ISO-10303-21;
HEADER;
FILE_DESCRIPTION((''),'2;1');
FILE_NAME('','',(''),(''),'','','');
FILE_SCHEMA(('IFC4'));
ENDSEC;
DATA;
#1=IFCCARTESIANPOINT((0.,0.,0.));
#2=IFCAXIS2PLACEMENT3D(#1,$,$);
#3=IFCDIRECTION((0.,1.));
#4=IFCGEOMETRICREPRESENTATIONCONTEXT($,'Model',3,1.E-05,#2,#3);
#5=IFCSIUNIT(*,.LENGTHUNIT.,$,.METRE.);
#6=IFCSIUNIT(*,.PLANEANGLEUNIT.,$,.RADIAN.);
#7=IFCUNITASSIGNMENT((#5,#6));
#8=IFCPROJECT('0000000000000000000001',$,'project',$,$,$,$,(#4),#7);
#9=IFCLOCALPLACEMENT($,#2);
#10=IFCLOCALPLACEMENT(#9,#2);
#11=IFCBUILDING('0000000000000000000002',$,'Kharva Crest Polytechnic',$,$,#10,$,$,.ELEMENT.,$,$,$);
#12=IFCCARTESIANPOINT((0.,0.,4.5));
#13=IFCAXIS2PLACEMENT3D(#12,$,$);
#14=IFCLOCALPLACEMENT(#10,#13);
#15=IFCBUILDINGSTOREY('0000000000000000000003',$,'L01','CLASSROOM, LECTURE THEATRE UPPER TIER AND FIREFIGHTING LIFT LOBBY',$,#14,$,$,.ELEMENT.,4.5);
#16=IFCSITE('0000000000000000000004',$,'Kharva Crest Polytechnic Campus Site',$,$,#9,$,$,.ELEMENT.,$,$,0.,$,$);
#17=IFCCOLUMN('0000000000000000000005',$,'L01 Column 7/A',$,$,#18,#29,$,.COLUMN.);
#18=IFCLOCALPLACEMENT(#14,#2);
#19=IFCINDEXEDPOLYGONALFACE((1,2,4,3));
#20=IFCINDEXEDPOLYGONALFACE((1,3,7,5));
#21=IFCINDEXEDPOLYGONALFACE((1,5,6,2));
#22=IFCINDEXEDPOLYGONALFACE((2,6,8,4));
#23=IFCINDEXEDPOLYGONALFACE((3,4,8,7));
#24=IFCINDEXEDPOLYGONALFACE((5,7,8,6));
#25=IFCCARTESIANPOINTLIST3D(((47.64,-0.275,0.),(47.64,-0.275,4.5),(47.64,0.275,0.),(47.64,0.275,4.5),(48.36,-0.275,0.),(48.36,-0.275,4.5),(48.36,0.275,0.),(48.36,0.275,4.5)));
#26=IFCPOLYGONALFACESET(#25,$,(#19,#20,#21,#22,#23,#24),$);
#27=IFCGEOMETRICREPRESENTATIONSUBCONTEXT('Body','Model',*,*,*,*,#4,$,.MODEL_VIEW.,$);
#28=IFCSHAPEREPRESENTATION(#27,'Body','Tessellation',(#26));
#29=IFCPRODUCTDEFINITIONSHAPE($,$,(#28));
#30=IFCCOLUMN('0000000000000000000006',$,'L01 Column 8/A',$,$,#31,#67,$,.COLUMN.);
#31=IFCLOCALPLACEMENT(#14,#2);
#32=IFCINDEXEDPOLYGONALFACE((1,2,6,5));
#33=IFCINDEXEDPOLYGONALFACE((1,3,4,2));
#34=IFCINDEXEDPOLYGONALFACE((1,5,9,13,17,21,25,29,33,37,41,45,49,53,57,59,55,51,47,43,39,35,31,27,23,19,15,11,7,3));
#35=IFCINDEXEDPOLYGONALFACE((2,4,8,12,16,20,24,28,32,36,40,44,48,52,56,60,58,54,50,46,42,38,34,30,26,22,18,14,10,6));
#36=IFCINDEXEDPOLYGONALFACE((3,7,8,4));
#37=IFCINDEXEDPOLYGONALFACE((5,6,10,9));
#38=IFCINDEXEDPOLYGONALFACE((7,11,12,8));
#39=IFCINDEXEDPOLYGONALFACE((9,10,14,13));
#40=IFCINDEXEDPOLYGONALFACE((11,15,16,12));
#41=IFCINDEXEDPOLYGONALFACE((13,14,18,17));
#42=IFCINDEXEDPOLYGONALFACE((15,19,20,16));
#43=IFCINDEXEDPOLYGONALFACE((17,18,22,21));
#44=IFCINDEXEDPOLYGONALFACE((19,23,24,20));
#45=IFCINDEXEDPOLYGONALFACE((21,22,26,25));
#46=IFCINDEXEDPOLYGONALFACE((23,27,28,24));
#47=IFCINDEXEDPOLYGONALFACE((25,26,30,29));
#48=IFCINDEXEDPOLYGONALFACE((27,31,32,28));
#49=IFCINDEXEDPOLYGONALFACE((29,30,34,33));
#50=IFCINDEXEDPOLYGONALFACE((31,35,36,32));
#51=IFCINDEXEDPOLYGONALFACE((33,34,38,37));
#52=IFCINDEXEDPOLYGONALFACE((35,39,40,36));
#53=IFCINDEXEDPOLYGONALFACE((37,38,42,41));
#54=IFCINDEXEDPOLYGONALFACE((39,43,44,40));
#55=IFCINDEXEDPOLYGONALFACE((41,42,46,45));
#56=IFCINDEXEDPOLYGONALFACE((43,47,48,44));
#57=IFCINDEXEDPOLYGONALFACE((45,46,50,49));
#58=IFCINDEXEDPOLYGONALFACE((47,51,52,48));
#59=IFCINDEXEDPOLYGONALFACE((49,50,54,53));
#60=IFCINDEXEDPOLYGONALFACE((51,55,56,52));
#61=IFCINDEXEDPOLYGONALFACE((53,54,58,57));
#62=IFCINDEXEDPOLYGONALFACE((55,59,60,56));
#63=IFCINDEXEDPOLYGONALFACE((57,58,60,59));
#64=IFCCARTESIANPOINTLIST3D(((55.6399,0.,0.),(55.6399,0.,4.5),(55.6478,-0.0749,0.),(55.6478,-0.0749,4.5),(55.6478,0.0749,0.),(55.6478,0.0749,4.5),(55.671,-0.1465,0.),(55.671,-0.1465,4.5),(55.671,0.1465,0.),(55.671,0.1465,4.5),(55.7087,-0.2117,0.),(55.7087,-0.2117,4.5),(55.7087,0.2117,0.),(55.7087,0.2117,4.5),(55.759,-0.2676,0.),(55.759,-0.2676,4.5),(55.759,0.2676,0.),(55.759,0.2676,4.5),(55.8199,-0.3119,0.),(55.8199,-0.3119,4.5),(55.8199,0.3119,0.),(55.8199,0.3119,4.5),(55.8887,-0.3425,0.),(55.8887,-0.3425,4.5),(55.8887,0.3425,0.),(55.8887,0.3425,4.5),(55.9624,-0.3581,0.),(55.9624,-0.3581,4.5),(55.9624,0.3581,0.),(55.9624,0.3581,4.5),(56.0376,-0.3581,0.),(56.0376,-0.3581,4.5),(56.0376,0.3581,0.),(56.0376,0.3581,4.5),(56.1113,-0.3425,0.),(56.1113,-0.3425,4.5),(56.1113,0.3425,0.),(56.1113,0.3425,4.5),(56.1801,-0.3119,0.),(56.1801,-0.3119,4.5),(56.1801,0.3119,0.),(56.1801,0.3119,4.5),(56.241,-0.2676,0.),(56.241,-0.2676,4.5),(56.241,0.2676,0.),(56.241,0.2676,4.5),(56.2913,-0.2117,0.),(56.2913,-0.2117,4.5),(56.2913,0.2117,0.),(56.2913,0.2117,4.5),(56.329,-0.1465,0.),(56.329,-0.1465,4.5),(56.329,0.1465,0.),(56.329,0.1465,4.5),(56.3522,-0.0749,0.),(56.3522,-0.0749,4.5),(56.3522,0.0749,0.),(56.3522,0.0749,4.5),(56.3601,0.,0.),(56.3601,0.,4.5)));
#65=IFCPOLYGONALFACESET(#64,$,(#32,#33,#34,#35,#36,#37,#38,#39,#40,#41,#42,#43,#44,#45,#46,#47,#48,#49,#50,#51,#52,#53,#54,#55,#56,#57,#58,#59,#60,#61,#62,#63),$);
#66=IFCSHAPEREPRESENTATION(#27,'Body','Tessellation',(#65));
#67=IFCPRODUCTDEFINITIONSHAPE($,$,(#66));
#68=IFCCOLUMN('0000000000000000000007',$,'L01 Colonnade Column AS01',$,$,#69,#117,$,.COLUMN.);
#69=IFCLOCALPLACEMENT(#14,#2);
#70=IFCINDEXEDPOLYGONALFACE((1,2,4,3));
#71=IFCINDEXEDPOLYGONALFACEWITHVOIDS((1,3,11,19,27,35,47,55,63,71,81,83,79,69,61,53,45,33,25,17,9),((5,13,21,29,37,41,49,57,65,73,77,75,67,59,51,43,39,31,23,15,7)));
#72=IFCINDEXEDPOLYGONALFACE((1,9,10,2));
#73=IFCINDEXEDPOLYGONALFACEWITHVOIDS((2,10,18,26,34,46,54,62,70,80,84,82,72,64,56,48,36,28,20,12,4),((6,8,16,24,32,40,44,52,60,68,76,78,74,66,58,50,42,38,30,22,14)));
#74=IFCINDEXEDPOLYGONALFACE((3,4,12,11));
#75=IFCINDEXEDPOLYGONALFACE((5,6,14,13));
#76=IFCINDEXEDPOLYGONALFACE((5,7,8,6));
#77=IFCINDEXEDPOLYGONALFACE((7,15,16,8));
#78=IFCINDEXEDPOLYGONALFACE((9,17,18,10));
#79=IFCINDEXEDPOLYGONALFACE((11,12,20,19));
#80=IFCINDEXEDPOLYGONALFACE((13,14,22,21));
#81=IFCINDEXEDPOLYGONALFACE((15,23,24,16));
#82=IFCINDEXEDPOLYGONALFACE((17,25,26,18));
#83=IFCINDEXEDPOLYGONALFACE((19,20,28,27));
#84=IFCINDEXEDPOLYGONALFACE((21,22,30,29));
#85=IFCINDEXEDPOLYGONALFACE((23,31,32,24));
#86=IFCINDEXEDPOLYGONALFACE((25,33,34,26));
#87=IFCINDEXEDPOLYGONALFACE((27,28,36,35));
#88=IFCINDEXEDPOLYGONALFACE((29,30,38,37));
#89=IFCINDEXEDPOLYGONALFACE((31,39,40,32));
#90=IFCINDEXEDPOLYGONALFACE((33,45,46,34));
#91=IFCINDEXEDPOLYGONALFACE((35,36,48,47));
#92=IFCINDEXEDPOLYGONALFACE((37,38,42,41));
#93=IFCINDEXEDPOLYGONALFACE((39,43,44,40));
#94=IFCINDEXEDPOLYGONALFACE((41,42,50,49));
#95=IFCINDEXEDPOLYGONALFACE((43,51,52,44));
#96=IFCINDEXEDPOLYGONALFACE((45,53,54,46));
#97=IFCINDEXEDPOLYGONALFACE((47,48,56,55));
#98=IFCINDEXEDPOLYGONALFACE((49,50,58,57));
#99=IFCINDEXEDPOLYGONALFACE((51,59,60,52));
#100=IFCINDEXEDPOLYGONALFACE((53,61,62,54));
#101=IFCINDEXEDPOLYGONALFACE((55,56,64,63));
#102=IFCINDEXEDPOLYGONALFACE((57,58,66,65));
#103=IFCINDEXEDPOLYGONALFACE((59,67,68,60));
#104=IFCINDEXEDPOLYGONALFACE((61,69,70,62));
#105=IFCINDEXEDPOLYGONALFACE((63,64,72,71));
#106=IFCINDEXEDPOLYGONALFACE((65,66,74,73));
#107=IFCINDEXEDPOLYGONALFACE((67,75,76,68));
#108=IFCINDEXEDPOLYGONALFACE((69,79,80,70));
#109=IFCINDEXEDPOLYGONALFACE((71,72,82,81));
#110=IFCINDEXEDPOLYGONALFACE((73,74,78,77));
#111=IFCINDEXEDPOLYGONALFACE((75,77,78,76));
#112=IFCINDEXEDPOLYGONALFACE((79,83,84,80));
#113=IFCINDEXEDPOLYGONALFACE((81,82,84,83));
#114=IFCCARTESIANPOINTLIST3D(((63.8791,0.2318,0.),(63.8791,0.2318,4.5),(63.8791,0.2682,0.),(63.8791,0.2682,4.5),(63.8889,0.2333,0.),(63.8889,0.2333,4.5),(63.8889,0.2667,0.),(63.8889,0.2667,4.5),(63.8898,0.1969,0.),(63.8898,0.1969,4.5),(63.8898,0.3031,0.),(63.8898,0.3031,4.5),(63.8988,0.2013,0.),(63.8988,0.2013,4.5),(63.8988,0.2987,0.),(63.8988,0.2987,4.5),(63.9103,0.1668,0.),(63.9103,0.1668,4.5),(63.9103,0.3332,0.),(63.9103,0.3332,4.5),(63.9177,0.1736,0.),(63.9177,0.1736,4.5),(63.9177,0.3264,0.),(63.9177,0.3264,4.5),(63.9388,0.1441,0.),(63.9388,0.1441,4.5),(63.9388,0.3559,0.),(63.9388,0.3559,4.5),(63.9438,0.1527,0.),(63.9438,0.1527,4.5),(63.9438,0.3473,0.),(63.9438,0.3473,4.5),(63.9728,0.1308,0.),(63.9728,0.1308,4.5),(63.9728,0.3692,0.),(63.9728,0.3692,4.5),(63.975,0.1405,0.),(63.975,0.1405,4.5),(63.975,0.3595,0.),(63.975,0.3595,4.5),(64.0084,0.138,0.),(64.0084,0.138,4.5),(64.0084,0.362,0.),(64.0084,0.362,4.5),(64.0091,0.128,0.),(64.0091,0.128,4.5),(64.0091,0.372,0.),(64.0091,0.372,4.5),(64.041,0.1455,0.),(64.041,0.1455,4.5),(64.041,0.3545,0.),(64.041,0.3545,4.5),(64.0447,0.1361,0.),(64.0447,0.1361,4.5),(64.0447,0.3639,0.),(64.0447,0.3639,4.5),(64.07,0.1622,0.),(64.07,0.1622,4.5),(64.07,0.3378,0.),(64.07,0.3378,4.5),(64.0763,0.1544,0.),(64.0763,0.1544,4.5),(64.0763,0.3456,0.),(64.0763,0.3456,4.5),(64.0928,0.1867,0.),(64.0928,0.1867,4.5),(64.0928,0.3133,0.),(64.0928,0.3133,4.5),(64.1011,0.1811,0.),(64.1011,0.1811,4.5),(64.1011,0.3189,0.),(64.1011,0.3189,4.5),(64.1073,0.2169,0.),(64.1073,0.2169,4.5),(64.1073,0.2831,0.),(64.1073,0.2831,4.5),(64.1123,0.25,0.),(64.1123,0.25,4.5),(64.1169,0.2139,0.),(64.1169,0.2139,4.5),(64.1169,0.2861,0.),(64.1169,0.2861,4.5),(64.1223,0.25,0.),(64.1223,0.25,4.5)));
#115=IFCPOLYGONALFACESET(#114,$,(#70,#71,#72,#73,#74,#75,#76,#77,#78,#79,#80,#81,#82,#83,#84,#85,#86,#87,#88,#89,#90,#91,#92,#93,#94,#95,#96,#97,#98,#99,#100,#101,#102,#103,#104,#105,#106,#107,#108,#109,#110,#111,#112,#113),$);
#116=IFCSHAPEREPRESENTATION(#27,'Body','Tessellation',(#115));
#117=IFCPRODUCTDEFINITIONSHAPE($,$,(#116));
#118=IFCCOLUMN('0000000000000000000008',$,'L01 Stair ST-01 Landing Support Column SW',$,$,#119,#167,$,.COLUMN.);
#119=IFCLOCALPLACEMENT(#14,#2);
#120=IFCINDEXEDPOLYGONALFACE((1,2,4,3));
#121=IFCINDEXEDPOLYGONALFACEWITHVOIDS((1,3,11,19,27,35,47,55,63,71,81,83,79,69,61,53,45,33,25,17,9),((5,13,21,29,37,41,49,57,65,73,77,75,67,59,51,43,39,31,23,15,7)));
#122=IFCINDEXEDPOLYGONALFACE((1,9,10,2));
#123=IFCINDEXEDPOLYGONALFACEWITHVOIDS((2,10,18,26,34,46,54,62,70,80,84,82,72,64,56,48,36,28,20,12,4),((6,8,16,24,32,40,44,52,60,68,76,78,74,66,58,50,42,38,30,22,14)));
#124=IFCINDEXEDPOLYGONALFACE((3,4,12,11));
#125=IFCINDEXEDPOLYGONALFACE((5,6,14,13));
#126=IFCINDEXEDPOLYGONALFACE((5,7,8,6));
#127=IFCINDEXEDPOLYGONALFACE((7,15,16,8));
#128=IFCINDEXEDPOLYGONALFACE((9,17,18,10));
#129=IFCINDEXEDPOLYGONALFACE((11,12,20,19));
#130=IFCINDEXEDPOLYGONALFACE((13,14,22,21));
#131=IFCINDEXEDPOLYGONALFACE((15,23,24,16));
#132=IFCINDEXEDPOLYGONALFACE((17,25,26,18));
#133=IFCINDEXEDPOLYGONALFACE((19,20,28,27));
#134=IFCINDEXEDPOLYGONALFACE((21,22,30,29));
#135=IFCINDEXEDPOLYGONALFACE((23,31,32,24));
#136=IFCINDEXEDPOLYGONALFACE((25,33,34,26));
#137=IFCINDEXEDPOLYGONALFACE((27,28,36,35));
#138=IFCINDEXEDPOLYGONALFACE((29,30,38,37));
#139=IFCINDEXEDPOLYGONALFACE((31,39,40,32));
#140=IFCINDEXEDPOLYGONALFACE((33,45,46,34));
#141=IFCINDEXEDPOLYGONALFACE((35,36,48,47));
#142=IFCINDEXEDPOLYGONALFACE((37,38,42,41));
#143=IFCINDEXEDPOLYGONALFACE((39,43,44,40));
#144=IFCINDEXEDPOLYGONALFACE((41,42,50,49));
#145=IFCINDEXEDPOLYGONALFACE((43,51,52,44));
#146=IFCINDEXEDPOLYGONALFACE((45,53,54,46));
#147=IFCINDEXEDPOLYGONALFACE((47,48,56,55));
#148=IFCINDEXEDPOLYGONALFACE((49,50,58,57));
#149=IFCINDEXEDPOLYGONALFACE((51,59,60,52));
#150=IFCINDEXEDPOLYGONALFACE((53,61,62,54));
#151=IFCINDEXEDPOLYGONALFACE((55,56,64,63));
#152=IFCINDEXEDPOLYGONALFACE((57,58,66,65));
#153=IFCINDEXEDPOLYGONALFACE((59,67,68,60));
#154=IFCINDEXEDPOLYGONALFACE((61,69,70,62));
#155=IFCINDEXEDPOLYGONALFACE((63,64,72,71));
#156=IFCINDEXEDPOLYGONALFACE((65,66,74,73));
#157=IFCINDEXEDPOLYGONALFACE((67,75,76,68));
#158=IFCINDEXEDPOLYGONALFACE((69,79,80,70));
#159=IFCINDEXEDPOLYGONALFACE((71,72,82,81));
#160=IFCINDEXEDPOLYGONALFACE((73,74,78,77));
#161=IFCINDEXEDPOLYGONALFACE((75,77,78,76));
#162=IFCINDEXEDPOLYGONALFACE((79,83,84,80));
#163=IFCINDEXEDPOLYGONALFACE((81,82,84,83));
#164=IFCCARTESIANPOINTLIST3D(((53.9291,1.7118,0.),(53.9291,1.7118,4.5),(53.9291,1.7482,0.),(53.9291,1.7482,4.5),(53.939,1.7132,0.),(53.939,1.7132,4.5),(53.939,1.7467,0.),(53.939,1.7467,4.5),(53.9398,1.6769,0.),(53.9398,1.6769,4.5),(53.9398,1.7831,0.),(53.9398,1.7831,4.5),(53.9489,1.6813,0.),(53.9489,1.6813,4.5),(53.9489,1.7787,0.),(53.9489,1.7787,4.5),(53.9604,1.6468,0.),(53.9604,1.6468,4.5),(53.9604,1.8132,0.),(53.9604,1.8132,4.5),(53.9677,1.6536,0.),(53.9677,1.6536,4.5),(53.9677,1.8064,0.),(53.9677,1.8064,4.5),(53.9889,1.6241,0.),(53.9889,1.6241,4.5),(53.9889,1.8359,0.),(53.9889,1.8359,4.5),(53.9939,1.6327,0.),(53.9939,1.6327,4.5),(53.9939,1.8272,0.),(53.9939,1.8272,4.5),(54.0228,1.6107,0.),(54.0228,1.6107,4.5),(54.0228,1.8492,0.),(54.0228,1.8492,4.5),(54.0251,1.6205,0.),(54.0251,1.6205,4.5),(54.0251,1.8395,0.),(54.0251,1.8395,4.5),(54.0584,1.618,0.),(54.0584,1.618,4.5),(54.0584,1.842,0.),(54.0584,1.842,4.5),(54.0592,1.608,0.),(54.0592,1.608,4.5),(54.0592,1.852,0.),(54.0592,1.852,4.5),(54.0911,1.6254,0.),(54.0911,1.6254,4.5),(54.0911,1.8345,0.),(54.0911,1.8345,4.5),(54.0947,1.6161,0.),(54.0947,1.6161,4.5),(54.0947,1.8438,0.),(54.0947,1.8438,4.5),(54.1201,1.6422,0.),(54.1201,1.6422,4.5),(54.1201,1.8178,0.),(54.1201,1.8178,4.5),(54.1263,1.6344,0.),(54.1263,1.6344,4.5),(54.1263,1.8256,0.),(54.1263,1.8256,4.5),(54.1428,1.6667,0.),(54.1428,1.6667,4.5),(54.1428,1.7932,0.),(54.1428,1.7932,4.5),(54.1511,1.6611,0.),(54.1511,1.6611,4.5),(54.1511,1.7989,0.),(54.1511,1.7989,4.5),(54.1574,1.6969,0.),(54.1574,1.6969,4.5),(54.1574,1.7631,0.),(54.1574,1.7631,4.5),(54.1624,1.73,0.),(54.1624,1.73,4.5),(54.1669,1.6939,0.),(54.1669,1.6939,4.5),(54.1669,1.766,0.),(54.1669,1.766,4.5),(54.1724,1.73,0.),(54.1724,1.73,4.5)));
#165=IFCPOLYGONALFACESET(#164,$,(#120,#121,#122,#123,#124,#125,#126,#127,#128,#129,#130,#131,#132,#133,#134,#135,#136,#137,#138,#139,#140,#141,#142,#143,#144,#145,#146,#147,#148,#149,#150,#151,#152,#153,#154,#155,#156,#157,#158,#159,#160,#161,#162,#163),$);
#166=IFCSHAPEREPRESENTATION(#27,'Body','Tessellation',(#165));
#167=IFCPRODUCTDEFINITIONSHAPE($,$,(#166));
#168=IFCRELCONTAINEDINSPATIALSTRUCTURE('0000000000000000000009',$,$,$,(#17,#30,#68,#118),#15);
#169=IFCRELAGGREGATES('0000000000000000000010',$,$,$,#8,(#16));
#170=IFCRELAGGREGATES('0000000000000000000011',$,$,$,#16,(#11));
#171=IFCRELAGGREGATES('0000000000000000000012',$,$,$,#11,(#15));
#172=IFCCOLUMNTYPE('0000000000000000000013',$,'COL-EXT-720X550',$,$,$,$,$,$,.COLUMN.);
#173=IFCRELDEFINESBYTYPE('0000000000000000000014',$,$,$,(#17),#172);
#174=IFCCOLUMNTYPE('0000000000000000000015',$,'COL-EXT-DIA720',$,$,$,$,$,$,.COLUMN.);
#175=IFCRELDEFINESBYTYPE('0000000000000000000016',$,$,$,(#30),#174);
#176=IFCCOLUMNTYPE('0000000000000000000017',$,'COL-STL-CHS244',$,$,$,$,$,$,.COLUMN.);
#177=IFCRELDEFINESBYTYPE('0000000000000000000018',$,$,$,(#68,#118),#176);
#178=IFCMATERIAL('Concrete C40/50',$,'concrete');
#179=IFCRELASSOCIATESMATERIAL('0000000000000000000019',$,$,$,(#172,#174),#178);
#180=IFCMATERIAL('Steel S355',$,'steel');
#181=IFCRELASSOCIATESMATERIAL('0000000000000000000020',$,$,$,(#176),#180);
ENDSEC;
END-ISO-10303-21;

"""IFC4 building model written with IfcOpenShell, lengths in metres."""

from ifc_helpers import new_model, si_unit, direction, frame, origin, origin_2d, place, context, subcontext, project, spatial, rectangle, circle, hollow_circle, extrude, material, material_profile, profile_set, type_object, element, save


model = new_model("IFC4")

# Units and contexts
model_context = context("Model", 3, precision=1e-05, world=origin(), true_north=direction((0.0, 1.0)))
body_context = subcontext(model_context, "Body", "Model", "MODEL_VIEW")
ifc_project = project(units=[si_unit("LENGTHUNIT", "METRE"), si_unit("PLANEANGLEUNIT", "RADIAN")], contexts=[model_context])

# Site, building, storey
site_placement = place(None, origin())
site = spatial("IfcSite", under=ifc_project, at=site_placement, Name="Kharva Crest Polytechnic Campus Site", CompositionType="ELEMENT", RefElevation=0.0)
building_placement = place(site_placement, origin())
building = spatial("IfcBuilding", under=site, at=building_placement, Name="Kharva Crest Polytechnic", CompositionType="ELEMENT")
storey_placement = place(building_placement, frame((0.0, 0.0, 4.5)))
storey = spatial("IfcBuildingStorey", under=building, at=storey_placement, Name="L01", Description="CLASSROOM, LECTURE THEATRE UPPER TIER AND FIREFIGHTING LIFT LOBBY", CompositionType="ELEMENT", Elevation=4.5)

# Columns
ifc_material_1 = material(Name="Concrete C40/50", Category="concrete")
ifc_material_profile_1 = material_profile(ifc_material_1, rectangle(XDim=0.72, YDim=0.55, at=origin_2d()), Name="RECT 720 X 550")
ifc_profile_set_1 = profile_set([ifc_material_profile_1], Name="Concrete C40/50")
column_type_1 = type_object("IfcColumnType", Name="COL-EXT-720X550", PredefinedType="COLUMN", material=ifc_profile_set_1)
column_1_placement = place(storey_placement, frame((48.0, 0.0, 0.0), z_axis=(0.0, 0.0, 1.0), x_axis=(1.0, 0.0, 0.0)))
element("IfcColumn", 1, at=column_1_placement, inside=storey, type_object=column_type_1, Name="L01 Column 7/A", PredefinedType="COLUMN", context=body_context, shape_type="SweptSolid", body=[
    extrude(rectangle(XDim=0.72, YDim=0.55, at=origin_2d()), origin(), (0.0, 0.0, 1.0), 4.5),
])
ifc_material_profile_2 = material_profile(ifc_material_1, circle(Radius=0.3601, at=origin_2d()), Name="DIA 720")
ifc_profile_set_2 = profile_set([ifc_material_profile_2], Name="Concrete C40/50")
column_type_2 = type_object("IfcColumnType", Name="COL-EXT-DIA720", PredefinedType="COLUMN", material=ifc_profile_set_2)
column_2_placement = place(storey_placement, frame((56.0, 0.0, 0.0), z_axis=(0.0, 0.0, 1.0), x_axis=(1.0, 0.0, 0.0)))
element("IfcColumn", 2, at=column_2_placement, inside=storey, type_object=column_type_2, Name="L01 Column 8/A", PredefinedType="COLUMN", context=body_context, shape_type="SweptSolid", body=[
    extrude(circle(Radius=0.3601, at=origin_2d()), origin(), (0.0, 0.0, 1.0), 4.5),
])
ifc_material_2 = material(Name="Steel S355", Category="steel")
ifc_material_profile_3 = material_profile(ifc_material_2, hollow_circle(Radius=0.1223, WallThickness=0.01, at=origin_2d()), Name="CHS 244.5X10.0")
ifc_profile_set_3 = profile_set([ifc_material_profile_3], Name="Steel S355")
column_type_3 = type_object("IfcColumnType", Name="COL-STL-CHS244", PredefinedType="COLUMN", material=ifc_profile_set_3)
for number, where, z_axis, x_axis, name in (
    (3, (64.0, 0.25, 0.0), (0.0, 0.0, 1.0), (1.0, 0.0, 0.0), "L01 Colonnade Column AS01"),
    (4, (54.05, 1.73, 0.0), (0.0, 0.0, 1.0), (1.0, 0.0, 0.0), "L01 Stair ST-01 Landing Support Column SW"),
):
    element("IfcColumn", number, at=place(storey_placement, frame(where, z_axis=z_axis, x_axis=x_axis)), inside=storey, type_object=column_type_3, Name=name, PredefinedType="COLUMN", context=body_context, shape_type="SweptSolid", body=[
        extrude(hollow_circle(Radius=0.1223, WallThickness=0.01, at=origin_2d()), origin(), (0.0, 0.0, 1.0), 4.5),
    ])

save(model, "model.ifc")
